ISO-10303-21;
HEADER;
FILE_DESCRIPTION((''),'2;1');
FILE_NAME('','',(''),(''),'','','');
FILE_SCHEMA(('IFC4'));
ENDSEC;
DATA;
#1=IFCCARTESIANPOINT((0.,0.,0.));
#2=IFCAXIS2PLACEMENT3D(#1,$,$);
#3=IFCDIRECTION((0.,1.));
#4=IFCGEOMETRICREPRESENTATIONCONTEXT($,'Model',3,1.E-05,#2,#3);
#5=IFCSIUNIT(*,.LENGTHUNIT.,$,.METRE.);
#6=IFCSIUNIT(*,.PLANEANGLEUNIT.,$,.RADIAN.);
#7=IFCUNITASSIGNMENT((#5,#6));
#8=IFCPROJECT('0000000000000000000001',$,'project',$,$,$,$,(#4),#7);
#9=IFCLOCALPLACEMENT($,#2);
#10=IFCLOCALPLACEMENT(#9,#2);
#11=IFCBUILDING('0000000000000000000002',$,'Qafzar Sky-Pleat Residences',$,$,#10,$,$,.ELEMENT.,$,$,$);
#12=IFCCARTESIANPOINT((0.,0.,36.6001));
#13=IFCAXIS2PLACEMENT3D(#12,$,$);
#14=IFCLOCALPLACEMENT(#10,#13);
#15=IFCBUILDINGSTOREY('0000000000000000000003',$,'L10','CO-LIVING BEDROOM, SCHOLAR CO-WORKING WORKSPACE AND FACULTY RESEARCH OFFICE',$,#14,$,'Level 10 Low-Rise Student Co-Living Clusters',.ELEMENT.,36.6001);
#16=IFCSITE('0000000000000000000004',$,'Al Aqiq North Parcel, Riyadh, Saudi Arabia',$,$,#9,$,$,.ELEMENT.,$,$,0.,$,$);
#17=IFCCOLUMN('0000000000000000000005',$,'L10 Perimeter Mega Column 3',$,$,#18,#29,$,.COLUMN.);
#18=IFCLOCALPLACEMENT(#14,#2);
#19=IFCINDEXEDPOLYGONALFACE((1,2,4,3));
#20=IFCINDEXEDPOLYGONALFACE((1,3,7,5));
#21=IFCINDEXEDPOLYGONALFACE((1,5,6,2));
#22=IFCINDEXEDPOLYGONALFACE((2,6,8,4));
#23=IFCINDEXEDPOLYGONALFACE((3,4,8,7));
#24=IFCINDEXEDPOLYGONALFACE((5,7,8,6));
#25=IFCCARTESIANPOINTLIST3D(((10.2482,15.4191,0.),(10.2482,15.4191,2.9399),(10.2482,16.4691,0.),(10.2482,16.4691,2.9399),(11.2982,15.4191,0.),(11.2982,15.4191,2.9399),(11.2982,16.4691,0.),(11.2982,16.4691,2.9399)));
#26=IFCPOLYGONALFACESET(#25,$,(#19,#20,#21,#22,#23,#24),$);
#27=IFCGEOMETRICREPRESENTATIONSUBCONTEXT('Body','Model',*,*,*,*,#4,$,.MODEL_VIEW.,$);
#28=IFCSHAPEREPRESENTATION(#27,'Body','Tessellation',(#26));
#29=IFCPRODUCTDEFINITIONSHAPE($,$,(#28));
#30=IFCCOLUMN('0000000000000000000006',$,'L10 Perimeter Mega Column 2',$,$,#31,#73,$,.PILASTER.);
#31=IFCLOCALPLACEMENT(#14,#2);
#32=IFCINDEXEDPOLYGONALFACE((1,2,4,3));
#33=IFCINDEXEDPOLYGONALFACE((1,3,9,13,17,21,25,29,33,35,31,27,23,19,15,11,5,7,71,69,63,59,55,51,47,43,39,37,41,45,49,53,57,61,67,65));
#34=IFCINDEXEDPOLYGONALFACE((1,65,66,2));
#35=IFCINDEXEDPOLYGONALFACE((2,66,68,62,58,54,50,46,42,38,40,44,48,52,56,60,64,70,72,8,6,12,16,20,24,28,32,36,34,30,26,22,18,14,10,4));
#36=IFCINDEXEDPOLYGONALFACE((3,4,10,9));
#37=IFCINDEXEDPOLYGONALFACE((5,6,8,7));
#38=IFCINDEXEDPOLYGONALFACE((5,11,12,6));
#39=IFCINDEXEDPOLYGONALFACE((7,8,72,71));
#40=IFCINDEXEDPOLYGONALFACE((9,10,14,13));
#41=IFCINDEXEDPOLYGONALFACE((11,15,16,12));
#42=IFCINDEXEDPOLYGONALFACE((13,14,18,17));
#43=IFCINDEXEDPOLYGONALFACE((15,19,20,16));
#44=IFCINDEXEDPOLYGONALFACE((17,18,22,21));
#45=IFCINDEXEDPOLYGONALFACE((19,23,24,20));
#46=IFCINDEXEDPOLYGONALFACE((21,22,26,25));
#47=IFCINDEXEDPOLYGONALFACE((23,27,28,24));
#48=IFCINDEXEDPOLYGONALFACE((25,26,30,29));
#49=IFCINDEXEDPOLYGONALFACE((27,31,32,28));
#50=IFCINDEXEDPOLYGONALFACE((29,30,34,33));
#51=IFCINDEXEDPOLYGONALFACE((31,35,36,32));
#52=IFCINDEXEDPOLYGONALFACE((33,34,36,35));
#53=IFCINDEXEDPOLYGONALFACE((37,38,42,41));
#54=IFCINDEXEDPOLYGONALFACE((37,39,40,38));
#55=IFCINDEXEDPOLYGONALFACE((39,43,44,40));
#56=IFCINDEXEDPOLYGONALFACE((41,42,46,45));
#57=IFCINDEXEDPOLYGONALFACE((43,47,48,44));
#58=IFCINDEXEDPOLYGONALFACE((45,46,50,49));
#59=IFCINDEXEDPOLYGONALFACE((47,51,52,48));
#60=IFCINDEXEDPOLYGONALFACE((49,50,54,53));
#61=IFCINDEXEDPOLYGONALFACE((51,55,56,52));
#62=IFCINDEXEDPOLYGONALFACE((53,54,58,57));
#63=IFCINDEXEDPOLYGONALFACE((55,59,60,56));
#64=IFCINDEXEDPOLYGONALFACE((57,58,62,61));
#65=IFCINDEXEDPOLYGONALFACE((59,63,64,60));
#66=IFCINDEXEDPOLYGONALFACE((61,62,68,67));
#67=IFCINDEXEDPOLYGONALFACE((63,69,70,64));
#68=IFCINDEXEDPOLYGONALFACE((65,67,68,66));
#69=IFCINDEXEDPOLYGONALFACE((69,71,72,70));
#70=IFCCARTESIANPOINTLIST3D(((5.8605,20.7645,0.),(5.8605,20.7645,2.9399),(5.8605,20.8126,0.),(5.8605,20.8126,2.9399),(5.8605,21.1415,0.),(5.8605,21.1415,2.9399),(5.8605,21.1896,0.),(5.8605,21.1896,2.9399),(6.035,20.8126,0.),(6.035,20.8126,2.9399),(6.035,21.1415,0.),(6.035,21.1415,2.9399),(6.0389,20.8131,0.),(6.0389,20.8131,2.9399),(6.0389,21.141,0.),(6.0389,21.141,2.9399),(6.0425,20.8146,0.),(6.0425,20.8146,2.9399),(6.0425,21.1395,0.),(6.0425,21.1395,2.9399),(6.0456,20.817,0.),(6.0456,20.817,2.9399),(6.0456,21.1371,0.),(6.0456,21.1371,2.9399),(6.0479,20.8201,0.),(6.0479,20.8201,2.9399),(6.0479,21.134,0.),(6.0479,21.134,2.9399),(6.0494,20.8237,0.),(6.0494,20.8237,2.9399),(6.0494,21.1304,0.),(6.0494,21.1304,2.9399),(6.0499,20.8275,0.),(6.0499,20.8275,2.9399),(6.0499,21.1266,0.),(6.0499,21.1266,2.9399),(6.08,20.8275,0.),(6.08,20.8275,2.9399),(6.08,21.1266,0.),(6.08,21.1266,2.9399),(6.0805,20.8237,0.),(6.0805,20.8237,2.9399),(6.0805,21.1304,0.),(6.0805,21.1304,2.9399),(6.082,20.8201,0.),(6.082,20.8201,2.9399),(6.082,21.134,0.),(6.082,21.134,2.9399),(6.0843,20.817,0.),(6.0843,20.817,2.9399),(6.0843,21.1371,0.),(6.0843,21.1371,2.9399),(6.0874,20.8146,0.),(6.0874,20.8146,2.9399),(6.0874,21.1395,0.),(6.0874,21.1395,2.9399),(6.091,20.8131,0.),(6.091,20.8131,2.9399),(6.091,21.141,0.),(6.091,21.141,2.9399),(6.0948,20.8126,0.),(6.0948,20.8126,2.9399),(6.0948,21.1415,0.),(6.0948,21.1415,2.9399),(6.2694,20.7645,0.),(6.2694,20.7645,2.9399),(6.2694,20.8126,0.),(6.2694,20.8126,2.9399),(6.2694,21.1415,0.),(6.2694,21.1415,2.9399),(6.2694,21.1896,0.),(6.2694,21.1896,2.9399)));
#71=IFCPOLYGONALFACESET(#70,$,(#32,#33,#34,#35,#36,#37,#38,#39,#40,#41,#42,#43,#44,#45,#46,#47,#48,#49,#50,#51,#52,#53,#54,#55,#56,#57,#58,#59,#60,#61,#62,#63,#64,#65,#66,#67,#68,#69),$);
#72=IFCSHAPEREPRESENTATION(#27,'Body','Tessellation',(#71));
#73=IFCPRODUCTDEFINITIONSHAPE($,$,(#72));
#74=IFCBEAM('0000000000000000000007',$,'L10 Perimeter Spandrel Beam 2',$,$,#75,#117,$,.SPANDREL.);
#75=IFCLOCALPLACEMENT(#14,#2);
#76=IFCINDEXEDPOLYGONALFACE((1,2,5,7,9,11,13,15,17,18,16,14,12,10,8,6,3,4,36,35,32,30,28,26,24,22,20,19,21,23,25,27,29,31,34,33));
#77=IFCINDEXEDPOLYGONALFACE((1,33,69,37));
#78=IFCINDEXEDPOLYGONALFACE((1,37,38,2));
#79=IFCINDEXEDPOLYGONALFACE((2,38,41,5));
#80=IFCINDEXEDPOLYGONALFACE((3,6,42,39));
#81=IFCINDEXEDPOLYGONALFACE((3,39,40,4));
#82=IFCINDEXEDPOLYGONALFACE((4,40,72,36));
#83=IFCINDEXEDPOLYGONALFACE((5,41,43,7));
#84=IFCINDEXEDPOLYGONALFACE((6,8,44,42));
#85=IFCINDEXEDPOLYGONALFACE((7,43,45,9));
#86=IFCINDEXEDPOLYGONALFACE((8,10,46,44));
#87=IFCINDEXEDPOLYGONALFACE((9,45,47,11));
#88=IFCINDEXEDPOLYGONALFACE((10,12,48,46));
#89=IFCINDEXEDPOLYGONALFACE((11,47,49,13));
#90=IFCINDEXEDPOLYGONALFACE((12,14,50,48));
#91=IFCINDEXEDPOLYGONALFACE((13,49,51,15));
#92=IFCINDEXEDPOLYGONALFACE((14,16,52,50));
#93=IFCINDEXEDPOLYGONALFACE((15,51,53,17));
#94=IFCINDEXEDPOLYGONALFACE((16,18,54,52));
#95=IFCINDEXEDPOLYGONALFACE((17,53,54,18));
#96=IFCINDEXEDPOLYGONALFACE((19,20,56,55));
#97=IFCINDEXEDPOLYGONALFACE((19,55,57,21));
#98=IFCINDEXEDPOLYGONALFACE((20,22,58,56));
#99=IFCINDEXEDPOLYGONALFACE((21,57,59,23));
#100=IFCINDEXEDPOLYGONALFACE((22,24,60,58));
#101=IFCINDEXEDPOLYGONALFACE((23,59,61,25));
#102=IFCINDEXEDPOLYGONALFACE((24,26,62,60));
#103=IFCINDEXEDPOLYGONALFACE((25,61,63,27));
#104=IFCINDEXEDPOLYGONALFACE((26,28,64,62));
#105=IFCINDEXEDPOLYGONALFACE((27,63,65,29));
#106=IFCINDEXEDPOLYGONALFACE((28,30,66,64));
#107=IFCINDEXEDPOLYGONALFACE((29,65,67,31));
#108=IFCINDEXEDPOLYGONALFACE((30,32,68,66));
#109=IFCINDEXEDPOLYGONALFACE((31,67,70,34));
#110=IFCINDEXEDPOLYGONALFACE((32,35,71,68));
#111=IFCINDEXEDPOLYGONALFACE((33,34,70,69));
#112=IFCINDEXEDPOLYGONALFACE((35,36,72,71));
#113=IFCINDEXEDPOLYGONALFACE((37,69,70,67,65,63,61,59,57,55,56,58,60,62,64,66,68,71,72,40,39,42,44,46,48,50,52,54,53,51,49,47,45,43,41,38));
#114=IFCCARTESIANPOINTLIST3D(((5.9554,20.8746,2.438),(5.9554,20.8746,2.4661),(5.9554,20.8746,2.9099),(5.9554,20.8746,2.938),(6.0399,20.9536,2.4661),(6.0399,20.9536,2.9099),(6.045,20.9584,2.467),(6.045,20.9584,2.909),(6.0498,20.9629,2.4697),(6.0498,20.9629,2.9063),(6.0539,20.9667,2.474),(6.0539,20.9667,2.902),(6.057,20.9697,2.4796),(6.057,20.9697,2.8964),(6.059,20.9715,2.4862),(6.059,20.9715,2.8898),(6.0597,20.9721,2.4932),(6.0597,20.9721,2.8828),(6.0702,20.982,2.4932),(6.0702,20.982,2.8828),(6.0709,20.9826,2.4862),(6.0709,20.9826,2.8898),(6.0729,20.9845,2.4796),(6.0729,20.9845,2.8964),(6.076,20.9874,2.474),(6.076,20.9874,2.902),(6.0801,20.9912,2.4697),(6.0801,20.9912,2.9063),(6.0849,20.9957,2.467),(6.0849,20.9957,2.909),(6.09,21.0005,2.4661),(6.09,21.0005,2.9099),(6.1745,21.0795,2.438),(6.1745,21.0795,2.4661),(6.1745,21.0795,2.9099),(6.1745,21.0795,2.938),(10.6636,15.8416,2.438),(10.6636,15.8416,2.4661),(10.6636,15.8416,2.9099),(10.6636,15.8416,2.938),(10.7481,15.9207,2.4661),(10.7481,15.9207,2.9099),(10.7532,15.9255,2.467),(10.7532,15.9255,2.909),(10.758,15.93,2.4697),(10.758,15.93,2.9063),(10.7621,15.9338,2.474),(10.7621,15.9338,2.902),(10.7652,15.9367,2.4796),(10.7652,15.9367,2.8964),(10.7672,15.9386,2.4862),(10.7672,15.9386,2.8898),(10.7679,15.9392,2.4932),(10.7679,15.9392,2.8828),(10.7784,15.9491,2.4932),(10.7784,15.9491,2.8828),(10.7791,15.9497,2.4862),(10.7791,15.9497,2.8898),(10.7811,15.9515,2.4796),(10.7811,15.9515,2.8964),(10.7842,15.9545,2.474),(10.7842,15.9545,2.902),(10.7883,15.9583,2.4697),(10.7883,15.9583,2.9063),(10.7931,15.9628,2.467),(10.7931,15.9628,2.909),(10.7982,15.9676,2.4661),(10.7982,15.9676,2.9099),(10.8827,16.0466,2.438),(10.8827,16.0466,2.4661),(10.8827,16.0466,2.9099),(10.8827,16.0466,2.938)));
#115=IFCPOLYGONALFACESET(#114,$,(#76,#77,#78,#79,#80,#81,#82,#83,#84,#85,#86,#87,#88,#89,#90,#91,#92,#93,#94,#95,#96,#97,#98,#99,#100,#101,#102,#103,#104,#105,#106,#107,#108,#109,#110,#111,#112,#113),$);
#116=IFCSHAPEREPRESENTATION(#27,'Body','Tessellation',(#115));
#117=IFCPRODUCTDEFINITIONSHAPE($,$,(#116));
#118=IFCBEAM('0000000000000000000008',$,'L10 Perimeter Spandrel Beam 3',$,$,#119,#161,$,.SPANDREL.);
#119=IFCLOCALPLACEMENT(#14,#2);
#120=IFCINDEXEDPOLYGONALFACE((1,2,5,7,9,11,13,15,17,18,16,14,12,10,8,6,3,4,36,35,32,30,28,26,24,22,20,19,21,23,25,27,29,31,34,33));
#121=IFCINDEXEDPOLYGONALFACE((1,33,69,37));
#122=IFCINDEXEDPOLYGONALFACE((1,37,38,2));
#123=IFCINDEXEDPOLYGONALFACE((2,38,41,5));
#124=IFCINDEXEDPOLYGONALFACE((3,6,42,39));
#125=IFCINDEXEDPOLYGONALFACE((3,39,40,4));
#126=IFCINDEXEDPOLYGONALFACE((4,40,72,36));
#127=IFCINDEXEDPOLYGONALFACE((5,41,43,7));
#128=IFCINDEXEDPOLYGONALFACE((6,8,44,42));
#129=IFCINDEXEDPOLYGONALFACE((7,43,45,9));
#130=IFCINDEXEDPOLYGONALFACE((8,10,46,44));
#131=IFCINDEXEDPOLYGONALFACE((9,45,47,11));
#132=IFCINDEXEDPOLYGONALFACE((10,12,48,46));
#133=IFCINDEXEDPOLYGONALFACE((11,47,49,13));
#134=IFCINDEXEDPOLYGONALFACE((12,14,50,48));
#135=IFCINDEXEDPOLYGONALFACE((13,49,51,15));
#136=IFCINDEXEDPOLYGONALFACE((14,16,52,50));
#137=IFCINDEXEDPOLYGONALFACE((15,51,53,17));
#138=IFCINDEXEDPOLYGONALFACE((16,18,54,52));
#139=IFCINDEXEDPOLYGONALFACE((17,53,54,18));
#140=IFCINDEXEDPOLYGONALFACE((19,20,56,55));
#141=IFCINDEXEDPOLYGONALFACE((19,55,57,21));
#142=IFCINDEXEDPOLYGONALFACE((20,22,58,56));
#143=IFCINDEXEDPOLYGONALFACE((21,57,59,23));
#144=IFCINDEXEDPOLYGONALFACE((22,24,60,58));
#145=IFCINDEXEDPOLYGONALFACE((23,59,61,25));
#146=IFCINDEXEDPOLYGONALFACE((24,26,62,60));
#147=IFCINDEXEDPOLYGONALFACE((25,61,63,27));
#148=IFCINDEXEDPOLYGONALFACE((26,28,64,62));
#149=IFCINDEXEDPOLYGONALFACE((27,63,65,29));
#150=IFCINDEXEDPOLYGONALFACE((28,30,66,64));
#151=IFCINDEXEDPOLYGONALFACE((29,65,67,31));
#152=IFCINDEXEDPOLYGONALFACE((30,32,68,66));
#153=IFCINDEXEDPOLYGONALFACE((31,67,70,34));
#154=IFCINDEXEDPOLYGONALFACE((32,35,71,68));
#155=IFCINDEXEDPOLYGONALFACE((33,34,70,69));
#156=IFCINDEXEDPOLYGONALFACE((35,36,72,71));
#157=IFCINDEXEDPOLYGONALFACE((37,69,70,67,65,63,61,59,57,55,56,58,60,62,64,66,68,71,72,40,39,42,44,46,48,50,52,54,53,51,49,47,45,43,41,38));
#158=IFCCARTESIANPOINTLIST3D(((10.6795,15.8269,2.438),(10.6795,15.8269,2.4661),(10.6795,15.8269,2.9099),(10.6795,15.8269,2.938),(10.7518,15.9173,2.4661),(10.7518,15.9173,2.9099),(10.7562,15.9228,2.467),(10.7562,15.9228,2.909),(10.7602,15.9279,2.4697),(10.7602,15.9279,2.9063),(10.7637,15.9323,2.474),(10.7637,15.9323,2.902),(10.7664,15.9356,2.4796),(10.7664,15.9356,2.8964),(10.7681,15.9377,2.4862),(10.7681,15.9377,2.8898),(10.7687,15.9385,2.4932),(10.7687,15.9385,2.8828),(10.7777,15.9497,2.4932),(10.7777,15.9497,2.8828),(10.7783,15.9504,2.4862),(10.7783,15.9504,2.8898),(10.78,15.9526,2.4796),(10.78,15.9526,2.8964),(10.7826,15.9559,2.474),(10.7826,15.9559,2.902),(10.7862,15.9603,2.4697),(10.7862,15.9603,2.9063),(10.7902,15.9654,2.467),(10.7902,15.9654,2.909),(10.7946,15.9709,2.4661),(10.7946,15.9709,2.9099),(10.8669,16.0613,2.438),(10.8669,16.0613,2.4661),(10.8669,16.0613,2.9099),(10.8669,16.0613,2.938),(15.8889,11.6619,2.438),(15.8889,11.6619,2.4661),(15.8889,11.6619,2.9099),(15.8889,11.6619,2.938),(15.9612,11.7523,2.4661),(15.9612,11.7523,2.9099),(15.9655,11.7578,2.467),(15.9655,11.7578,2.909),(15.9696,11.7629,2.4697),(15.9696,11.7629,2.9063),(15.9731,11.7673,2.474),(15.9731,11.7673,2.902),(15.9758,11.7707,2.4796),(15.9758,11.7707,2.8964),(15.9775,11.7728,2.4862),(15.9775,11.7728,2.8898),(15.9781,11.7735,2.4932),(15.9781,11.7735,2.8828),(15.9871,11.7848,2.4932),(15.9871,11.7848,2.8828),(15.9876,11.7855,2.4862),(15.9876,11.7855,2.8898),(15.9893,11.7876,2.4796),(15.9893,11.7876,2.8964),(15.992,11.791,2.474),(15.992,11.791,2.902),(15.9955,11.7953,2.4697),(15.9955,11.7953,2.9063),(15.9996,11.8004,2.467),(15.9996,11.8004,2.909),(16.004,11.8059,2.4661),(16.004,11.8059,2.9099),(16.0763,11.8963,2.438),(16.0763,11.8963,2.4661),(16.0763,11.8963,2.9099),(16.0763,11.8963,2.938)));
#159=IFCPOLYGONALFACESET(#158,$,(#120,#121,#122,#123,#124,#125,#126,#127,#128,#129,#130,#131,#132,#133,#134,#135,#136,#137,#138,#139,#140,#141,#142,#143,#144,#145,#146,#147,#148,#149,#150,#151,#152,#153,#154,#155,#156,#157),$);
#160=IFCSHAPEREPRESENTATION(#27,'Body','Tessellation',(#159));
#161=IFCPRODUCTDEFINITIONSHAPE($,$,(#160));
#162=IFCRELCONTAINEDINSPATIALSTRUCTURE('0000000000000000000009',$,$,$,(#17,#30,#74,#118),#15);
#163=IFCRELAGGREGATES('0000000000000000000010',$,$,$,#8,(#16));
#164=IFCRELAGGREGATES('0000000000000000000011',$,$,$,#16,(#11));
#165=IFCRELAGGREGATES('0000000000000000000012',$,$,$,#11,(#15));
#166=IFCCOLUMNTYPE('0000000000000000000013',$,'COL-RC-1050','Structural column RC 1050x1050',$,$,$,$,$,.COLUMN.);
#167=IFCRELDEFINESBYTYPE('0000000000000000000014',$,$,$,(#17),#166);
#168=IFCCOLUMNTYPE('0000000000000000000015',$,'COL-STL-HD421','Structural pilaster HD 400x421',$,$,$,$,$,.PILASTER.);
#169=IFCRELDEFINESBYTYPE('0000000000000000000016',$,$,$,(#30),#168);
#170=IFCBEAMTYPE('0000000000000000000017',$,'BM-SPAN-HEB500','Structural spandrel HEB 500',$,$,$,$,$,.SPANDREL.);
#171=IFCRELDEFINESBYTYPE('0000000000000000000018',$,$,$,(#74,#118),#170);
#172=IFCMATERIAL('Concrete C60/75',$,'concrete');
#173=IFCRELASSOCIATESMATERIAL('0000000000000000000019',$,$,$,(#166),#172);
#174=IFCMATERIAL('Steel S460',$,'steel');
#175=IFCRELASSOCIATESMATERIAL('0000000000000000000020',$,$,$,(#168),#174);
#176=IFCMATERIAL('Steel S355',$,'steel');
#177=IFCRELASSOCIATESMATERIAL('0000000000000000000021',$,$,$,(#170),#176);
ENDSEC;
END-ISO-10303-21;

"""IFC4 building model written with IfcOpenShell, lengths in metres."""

from ifc_helpers import new_model, si_unit, direction, frame, origin, origin_2d, place, context, subcontext, project, spatial, rectangle, i_section, extrude, source, transform, mapped, material, material_profile, profile_set, type_object, element, save


model = new_model("IFC4")

# Units and contexts
model_context = context("Model", 3, precision=1e-05, world=origin(), true_north=direction((0.0, 1.0)))
body_context = subcontext(model_context, "Body", "Model", "MODEL_VIEW")
ifc_project = project(units=[si_unit("LENGTHUNIT", "METRE"), si_unit("PLANEANGLEUNIT", "RADIAN")], contexts=[model_context])

# Site, building, storey
site_placement = place(None, origin())
site = spatial("IfcSite", under=ifc_project, at=site_placement, Name="Al Aqiq North Parcel, Riyadh, Saudi Arabia", CompositionType="ELEMENT", RefElevation=0.0)
building_placement = place(site_placement, origin())
building = spatial("IfcBuilding", under=site, at=building_placement, Name="Qafzar Sky-Pleat Residences", CompositionType="ELEMENT")
storey_placement = place(building_placement, frame((0.0, 0.0, 36.6001)))
storey = spatial("IfcBuildingStorey", under=building, at=storey_placement, Name="L10", Description="CO-LIVING BEDROOM, SCHOLAR CO-WORKING WORKSPACE AND FACULTY RESEARCH OFFICE", LongName="Level 10 Low-Rise Student Co-Living Clusters", CompositionType="ELEMENT", Elevation=36.6001)

# Columns
ifc_material_1 = material(Name="Concrete C60/75", Category="concrete")
ifc_material_profile_1 = material_profile(ifc_material_1, rectangle(XDim=1.05, YDim=1.05, at=origin_2d()), Name="RC 1050x1050")
ifc_profile_set_1 = profile_set([ifc_material_profile_1], Name="Concrete C60/75")
column_type_1 = type_object("IfcColumnType", Name="COL-RC-1050", Description="Structural column RC 1050x1050", PredefinedType="COLUMN", material=ifc_profile_set_1)
shared_shape_1 = source(origin(), body_context, "Body", "SweptSolid", [
    extrude(rectangle(XDim=1.05, YDim=1.05, at=origin_2d()), origin(), (0.0, 0.0, 1.0), 2.9399),
])
column_1_placement = place(storey_placement, frame((10.7732, 15.9441, 0.0), z_axis=(0.0, 0.0, 1.0), x_axis=(1.0, 0.0, 0.0)))
element("IfcColumn", 1, at=column_1_placement, inside=storey, type_object=column_type_1, Name="L10 Perimeter Mega Column 3", PredefinedType="COLUMN", context=body_context, shape_type="MappedRepresentation", body=[
    mapped(shared_shape_1, transform((0.0, 0.0, 0.0), x_axis=(1.0, 0.0, 0.0), y_axis=(0.0, 1.0, 0.0), z_axis=(0.0, 0.0, 1.0), scale=1.0)),
])
ifc_material_2 = material(Name="Steel S460", Category="steel")
ifc_material_profile_2 = material_profile(ifc_material_2, i_section(OverallWidth=0.4089, OverallDepth=0.425, WebThickness=0.03, FlangeThickness=0.0481, FilletRadius=0.0149, at=origin_2d()), Name="HD 400x421")
ifc_profile_set_2 = profile_set([ifc_material_profile_2], Name="Steel S460")
column_type_2 = type_object("IfcColumnType", Name="COL-STL-HD421", Description="Structural pilaster HD 400x421", PredefinedType="PILASTER", material=ifc_profile_set_2)
shared_shape_2 = source(origin(), body_context, "Body", "SweptSolid", [
    extrude(i_section(OverallWidth=0.4089, OverallDepth=0.425, WebThickness=0.03, FlangeThickness=0.0481, FilletRadius=0.0149, at=origin_2d()), origin(), (0.0, 0.0, 1.0), 2.9399),
])
column_2_placement = place(storey_placement, frame((6.0649, 20.9771, 0.0), z_axis=(0.0, 0.0, 1.0), x_axis=(1.0, 0.0, 0.0)))
element("IfcColumn", 2, at=column_2_placement, inside=storey, type_object=column_type_2, Name="L10 Perimeter Mega Column 2", PredefinedType="PILASTER", context=body_context, shape_type="MappedRepresentation", body=[
    mapped(shared_shape_2, transform((0.0, 0.0, 0.0), x_axis=(1.0, 0.0, 0.0), y_axis=(0.0, 1.0, 0.0), z_axis=(0.0, 0.0, 1.0), scale=1.0)),
])

# Beams
ifc_material_3 = material(Name="Steel S355", Category="steel")
ifc_material_profile_3 = material_profile(ifc_material_3, i_section(OverallWidth=0.3, OverallDepth=0.5, WebThickness=0.0144, FlangeThickness=0.0281, FilletRadius=0.0271, at=origin_2d()), Name="HEB 500")
ifc_profile_set_3 = profile_set([ifc_material_profile_3], Name="Steel S355")
beam_type_1 = type_object("IfcBeamType", Name="BM-SPAN-HEB500", Description="Structural spandrel HEB 500", PredefinedType="SPANDREL", material=ifc_profile_set_3)
shared_shape_3 = source(origin(), body_context, "Body", "SweptSolid", [
    extrude(i_section(OverallWidth=0.3, OverallDepth=0.5, WebThickness=0.0144, FlangeThickness=0.0281, FilletRadius=0.0271, at=origin_2d()), origin(), (0.0, 0.0, 1.0), 6.8918),
])
beam_1_placement = place(storey_placement, frame((6.0649, 20.9771, 2.688), z_axis=(0.683157, -0.730271, 0.0), x_axis=(0.730271, 0.683157, 0.0)))
element("IfcBeam", 3, at=beam_1_placement, inside=storey, type_object=beam_type_1, Name="L10 Perimeter Spandrel Beam 2", PredefinedType="SPANDREL", context=body_context, shape_type="MappedRepresentation", body=[
    mapped(shared_shape_3, transform((0.0, 0.0, 0.0), x_axis=(1.0, 0.0, 0.0), y_axis=(0.0, 1.0, 0.0), z_axis=(0.0, 0.0, 1.0), scale=1.0)),
])
shared_shape_4 = source(origin(), body_context, "Body", "SweptSolid", [
    extrude(i_section(OverallWidth=0.3, OverallDepth=0.5, WebThickness=0.0144, FlangeThickness=0.0281, FilletRadius=0.0271, at=origin_2d()), origin(), (0.0, 0.0, 1.0), 6.6697),
])
beam_2_placement = place(storey_placement, frame((10.7732, 15.9441, 2.688), z_axis=(0.781054, -0.624463, 0.0), x_axis=(0.624463, 0.781054, 0.0)))
element("IfcBeam", 4, at=beam_2_placement, inside=storey, type_object=beam_type_1, Name="L10 Perimeter Spandrel Beam 3", PredefinedType="SPANDREL", context=body_context, shape_type="MappedRepresentation", body=[
    mapped(shared_shape_4, transform((0.0, 0.0, 0.0), x_axis=(1.0, 0.0, 0.0), y_axis=(0.0, 1.0, 0.0), z_axis=(0.0, 0.0, 1.0), scale=1.0)),
])

save(model, "model.ifc")
